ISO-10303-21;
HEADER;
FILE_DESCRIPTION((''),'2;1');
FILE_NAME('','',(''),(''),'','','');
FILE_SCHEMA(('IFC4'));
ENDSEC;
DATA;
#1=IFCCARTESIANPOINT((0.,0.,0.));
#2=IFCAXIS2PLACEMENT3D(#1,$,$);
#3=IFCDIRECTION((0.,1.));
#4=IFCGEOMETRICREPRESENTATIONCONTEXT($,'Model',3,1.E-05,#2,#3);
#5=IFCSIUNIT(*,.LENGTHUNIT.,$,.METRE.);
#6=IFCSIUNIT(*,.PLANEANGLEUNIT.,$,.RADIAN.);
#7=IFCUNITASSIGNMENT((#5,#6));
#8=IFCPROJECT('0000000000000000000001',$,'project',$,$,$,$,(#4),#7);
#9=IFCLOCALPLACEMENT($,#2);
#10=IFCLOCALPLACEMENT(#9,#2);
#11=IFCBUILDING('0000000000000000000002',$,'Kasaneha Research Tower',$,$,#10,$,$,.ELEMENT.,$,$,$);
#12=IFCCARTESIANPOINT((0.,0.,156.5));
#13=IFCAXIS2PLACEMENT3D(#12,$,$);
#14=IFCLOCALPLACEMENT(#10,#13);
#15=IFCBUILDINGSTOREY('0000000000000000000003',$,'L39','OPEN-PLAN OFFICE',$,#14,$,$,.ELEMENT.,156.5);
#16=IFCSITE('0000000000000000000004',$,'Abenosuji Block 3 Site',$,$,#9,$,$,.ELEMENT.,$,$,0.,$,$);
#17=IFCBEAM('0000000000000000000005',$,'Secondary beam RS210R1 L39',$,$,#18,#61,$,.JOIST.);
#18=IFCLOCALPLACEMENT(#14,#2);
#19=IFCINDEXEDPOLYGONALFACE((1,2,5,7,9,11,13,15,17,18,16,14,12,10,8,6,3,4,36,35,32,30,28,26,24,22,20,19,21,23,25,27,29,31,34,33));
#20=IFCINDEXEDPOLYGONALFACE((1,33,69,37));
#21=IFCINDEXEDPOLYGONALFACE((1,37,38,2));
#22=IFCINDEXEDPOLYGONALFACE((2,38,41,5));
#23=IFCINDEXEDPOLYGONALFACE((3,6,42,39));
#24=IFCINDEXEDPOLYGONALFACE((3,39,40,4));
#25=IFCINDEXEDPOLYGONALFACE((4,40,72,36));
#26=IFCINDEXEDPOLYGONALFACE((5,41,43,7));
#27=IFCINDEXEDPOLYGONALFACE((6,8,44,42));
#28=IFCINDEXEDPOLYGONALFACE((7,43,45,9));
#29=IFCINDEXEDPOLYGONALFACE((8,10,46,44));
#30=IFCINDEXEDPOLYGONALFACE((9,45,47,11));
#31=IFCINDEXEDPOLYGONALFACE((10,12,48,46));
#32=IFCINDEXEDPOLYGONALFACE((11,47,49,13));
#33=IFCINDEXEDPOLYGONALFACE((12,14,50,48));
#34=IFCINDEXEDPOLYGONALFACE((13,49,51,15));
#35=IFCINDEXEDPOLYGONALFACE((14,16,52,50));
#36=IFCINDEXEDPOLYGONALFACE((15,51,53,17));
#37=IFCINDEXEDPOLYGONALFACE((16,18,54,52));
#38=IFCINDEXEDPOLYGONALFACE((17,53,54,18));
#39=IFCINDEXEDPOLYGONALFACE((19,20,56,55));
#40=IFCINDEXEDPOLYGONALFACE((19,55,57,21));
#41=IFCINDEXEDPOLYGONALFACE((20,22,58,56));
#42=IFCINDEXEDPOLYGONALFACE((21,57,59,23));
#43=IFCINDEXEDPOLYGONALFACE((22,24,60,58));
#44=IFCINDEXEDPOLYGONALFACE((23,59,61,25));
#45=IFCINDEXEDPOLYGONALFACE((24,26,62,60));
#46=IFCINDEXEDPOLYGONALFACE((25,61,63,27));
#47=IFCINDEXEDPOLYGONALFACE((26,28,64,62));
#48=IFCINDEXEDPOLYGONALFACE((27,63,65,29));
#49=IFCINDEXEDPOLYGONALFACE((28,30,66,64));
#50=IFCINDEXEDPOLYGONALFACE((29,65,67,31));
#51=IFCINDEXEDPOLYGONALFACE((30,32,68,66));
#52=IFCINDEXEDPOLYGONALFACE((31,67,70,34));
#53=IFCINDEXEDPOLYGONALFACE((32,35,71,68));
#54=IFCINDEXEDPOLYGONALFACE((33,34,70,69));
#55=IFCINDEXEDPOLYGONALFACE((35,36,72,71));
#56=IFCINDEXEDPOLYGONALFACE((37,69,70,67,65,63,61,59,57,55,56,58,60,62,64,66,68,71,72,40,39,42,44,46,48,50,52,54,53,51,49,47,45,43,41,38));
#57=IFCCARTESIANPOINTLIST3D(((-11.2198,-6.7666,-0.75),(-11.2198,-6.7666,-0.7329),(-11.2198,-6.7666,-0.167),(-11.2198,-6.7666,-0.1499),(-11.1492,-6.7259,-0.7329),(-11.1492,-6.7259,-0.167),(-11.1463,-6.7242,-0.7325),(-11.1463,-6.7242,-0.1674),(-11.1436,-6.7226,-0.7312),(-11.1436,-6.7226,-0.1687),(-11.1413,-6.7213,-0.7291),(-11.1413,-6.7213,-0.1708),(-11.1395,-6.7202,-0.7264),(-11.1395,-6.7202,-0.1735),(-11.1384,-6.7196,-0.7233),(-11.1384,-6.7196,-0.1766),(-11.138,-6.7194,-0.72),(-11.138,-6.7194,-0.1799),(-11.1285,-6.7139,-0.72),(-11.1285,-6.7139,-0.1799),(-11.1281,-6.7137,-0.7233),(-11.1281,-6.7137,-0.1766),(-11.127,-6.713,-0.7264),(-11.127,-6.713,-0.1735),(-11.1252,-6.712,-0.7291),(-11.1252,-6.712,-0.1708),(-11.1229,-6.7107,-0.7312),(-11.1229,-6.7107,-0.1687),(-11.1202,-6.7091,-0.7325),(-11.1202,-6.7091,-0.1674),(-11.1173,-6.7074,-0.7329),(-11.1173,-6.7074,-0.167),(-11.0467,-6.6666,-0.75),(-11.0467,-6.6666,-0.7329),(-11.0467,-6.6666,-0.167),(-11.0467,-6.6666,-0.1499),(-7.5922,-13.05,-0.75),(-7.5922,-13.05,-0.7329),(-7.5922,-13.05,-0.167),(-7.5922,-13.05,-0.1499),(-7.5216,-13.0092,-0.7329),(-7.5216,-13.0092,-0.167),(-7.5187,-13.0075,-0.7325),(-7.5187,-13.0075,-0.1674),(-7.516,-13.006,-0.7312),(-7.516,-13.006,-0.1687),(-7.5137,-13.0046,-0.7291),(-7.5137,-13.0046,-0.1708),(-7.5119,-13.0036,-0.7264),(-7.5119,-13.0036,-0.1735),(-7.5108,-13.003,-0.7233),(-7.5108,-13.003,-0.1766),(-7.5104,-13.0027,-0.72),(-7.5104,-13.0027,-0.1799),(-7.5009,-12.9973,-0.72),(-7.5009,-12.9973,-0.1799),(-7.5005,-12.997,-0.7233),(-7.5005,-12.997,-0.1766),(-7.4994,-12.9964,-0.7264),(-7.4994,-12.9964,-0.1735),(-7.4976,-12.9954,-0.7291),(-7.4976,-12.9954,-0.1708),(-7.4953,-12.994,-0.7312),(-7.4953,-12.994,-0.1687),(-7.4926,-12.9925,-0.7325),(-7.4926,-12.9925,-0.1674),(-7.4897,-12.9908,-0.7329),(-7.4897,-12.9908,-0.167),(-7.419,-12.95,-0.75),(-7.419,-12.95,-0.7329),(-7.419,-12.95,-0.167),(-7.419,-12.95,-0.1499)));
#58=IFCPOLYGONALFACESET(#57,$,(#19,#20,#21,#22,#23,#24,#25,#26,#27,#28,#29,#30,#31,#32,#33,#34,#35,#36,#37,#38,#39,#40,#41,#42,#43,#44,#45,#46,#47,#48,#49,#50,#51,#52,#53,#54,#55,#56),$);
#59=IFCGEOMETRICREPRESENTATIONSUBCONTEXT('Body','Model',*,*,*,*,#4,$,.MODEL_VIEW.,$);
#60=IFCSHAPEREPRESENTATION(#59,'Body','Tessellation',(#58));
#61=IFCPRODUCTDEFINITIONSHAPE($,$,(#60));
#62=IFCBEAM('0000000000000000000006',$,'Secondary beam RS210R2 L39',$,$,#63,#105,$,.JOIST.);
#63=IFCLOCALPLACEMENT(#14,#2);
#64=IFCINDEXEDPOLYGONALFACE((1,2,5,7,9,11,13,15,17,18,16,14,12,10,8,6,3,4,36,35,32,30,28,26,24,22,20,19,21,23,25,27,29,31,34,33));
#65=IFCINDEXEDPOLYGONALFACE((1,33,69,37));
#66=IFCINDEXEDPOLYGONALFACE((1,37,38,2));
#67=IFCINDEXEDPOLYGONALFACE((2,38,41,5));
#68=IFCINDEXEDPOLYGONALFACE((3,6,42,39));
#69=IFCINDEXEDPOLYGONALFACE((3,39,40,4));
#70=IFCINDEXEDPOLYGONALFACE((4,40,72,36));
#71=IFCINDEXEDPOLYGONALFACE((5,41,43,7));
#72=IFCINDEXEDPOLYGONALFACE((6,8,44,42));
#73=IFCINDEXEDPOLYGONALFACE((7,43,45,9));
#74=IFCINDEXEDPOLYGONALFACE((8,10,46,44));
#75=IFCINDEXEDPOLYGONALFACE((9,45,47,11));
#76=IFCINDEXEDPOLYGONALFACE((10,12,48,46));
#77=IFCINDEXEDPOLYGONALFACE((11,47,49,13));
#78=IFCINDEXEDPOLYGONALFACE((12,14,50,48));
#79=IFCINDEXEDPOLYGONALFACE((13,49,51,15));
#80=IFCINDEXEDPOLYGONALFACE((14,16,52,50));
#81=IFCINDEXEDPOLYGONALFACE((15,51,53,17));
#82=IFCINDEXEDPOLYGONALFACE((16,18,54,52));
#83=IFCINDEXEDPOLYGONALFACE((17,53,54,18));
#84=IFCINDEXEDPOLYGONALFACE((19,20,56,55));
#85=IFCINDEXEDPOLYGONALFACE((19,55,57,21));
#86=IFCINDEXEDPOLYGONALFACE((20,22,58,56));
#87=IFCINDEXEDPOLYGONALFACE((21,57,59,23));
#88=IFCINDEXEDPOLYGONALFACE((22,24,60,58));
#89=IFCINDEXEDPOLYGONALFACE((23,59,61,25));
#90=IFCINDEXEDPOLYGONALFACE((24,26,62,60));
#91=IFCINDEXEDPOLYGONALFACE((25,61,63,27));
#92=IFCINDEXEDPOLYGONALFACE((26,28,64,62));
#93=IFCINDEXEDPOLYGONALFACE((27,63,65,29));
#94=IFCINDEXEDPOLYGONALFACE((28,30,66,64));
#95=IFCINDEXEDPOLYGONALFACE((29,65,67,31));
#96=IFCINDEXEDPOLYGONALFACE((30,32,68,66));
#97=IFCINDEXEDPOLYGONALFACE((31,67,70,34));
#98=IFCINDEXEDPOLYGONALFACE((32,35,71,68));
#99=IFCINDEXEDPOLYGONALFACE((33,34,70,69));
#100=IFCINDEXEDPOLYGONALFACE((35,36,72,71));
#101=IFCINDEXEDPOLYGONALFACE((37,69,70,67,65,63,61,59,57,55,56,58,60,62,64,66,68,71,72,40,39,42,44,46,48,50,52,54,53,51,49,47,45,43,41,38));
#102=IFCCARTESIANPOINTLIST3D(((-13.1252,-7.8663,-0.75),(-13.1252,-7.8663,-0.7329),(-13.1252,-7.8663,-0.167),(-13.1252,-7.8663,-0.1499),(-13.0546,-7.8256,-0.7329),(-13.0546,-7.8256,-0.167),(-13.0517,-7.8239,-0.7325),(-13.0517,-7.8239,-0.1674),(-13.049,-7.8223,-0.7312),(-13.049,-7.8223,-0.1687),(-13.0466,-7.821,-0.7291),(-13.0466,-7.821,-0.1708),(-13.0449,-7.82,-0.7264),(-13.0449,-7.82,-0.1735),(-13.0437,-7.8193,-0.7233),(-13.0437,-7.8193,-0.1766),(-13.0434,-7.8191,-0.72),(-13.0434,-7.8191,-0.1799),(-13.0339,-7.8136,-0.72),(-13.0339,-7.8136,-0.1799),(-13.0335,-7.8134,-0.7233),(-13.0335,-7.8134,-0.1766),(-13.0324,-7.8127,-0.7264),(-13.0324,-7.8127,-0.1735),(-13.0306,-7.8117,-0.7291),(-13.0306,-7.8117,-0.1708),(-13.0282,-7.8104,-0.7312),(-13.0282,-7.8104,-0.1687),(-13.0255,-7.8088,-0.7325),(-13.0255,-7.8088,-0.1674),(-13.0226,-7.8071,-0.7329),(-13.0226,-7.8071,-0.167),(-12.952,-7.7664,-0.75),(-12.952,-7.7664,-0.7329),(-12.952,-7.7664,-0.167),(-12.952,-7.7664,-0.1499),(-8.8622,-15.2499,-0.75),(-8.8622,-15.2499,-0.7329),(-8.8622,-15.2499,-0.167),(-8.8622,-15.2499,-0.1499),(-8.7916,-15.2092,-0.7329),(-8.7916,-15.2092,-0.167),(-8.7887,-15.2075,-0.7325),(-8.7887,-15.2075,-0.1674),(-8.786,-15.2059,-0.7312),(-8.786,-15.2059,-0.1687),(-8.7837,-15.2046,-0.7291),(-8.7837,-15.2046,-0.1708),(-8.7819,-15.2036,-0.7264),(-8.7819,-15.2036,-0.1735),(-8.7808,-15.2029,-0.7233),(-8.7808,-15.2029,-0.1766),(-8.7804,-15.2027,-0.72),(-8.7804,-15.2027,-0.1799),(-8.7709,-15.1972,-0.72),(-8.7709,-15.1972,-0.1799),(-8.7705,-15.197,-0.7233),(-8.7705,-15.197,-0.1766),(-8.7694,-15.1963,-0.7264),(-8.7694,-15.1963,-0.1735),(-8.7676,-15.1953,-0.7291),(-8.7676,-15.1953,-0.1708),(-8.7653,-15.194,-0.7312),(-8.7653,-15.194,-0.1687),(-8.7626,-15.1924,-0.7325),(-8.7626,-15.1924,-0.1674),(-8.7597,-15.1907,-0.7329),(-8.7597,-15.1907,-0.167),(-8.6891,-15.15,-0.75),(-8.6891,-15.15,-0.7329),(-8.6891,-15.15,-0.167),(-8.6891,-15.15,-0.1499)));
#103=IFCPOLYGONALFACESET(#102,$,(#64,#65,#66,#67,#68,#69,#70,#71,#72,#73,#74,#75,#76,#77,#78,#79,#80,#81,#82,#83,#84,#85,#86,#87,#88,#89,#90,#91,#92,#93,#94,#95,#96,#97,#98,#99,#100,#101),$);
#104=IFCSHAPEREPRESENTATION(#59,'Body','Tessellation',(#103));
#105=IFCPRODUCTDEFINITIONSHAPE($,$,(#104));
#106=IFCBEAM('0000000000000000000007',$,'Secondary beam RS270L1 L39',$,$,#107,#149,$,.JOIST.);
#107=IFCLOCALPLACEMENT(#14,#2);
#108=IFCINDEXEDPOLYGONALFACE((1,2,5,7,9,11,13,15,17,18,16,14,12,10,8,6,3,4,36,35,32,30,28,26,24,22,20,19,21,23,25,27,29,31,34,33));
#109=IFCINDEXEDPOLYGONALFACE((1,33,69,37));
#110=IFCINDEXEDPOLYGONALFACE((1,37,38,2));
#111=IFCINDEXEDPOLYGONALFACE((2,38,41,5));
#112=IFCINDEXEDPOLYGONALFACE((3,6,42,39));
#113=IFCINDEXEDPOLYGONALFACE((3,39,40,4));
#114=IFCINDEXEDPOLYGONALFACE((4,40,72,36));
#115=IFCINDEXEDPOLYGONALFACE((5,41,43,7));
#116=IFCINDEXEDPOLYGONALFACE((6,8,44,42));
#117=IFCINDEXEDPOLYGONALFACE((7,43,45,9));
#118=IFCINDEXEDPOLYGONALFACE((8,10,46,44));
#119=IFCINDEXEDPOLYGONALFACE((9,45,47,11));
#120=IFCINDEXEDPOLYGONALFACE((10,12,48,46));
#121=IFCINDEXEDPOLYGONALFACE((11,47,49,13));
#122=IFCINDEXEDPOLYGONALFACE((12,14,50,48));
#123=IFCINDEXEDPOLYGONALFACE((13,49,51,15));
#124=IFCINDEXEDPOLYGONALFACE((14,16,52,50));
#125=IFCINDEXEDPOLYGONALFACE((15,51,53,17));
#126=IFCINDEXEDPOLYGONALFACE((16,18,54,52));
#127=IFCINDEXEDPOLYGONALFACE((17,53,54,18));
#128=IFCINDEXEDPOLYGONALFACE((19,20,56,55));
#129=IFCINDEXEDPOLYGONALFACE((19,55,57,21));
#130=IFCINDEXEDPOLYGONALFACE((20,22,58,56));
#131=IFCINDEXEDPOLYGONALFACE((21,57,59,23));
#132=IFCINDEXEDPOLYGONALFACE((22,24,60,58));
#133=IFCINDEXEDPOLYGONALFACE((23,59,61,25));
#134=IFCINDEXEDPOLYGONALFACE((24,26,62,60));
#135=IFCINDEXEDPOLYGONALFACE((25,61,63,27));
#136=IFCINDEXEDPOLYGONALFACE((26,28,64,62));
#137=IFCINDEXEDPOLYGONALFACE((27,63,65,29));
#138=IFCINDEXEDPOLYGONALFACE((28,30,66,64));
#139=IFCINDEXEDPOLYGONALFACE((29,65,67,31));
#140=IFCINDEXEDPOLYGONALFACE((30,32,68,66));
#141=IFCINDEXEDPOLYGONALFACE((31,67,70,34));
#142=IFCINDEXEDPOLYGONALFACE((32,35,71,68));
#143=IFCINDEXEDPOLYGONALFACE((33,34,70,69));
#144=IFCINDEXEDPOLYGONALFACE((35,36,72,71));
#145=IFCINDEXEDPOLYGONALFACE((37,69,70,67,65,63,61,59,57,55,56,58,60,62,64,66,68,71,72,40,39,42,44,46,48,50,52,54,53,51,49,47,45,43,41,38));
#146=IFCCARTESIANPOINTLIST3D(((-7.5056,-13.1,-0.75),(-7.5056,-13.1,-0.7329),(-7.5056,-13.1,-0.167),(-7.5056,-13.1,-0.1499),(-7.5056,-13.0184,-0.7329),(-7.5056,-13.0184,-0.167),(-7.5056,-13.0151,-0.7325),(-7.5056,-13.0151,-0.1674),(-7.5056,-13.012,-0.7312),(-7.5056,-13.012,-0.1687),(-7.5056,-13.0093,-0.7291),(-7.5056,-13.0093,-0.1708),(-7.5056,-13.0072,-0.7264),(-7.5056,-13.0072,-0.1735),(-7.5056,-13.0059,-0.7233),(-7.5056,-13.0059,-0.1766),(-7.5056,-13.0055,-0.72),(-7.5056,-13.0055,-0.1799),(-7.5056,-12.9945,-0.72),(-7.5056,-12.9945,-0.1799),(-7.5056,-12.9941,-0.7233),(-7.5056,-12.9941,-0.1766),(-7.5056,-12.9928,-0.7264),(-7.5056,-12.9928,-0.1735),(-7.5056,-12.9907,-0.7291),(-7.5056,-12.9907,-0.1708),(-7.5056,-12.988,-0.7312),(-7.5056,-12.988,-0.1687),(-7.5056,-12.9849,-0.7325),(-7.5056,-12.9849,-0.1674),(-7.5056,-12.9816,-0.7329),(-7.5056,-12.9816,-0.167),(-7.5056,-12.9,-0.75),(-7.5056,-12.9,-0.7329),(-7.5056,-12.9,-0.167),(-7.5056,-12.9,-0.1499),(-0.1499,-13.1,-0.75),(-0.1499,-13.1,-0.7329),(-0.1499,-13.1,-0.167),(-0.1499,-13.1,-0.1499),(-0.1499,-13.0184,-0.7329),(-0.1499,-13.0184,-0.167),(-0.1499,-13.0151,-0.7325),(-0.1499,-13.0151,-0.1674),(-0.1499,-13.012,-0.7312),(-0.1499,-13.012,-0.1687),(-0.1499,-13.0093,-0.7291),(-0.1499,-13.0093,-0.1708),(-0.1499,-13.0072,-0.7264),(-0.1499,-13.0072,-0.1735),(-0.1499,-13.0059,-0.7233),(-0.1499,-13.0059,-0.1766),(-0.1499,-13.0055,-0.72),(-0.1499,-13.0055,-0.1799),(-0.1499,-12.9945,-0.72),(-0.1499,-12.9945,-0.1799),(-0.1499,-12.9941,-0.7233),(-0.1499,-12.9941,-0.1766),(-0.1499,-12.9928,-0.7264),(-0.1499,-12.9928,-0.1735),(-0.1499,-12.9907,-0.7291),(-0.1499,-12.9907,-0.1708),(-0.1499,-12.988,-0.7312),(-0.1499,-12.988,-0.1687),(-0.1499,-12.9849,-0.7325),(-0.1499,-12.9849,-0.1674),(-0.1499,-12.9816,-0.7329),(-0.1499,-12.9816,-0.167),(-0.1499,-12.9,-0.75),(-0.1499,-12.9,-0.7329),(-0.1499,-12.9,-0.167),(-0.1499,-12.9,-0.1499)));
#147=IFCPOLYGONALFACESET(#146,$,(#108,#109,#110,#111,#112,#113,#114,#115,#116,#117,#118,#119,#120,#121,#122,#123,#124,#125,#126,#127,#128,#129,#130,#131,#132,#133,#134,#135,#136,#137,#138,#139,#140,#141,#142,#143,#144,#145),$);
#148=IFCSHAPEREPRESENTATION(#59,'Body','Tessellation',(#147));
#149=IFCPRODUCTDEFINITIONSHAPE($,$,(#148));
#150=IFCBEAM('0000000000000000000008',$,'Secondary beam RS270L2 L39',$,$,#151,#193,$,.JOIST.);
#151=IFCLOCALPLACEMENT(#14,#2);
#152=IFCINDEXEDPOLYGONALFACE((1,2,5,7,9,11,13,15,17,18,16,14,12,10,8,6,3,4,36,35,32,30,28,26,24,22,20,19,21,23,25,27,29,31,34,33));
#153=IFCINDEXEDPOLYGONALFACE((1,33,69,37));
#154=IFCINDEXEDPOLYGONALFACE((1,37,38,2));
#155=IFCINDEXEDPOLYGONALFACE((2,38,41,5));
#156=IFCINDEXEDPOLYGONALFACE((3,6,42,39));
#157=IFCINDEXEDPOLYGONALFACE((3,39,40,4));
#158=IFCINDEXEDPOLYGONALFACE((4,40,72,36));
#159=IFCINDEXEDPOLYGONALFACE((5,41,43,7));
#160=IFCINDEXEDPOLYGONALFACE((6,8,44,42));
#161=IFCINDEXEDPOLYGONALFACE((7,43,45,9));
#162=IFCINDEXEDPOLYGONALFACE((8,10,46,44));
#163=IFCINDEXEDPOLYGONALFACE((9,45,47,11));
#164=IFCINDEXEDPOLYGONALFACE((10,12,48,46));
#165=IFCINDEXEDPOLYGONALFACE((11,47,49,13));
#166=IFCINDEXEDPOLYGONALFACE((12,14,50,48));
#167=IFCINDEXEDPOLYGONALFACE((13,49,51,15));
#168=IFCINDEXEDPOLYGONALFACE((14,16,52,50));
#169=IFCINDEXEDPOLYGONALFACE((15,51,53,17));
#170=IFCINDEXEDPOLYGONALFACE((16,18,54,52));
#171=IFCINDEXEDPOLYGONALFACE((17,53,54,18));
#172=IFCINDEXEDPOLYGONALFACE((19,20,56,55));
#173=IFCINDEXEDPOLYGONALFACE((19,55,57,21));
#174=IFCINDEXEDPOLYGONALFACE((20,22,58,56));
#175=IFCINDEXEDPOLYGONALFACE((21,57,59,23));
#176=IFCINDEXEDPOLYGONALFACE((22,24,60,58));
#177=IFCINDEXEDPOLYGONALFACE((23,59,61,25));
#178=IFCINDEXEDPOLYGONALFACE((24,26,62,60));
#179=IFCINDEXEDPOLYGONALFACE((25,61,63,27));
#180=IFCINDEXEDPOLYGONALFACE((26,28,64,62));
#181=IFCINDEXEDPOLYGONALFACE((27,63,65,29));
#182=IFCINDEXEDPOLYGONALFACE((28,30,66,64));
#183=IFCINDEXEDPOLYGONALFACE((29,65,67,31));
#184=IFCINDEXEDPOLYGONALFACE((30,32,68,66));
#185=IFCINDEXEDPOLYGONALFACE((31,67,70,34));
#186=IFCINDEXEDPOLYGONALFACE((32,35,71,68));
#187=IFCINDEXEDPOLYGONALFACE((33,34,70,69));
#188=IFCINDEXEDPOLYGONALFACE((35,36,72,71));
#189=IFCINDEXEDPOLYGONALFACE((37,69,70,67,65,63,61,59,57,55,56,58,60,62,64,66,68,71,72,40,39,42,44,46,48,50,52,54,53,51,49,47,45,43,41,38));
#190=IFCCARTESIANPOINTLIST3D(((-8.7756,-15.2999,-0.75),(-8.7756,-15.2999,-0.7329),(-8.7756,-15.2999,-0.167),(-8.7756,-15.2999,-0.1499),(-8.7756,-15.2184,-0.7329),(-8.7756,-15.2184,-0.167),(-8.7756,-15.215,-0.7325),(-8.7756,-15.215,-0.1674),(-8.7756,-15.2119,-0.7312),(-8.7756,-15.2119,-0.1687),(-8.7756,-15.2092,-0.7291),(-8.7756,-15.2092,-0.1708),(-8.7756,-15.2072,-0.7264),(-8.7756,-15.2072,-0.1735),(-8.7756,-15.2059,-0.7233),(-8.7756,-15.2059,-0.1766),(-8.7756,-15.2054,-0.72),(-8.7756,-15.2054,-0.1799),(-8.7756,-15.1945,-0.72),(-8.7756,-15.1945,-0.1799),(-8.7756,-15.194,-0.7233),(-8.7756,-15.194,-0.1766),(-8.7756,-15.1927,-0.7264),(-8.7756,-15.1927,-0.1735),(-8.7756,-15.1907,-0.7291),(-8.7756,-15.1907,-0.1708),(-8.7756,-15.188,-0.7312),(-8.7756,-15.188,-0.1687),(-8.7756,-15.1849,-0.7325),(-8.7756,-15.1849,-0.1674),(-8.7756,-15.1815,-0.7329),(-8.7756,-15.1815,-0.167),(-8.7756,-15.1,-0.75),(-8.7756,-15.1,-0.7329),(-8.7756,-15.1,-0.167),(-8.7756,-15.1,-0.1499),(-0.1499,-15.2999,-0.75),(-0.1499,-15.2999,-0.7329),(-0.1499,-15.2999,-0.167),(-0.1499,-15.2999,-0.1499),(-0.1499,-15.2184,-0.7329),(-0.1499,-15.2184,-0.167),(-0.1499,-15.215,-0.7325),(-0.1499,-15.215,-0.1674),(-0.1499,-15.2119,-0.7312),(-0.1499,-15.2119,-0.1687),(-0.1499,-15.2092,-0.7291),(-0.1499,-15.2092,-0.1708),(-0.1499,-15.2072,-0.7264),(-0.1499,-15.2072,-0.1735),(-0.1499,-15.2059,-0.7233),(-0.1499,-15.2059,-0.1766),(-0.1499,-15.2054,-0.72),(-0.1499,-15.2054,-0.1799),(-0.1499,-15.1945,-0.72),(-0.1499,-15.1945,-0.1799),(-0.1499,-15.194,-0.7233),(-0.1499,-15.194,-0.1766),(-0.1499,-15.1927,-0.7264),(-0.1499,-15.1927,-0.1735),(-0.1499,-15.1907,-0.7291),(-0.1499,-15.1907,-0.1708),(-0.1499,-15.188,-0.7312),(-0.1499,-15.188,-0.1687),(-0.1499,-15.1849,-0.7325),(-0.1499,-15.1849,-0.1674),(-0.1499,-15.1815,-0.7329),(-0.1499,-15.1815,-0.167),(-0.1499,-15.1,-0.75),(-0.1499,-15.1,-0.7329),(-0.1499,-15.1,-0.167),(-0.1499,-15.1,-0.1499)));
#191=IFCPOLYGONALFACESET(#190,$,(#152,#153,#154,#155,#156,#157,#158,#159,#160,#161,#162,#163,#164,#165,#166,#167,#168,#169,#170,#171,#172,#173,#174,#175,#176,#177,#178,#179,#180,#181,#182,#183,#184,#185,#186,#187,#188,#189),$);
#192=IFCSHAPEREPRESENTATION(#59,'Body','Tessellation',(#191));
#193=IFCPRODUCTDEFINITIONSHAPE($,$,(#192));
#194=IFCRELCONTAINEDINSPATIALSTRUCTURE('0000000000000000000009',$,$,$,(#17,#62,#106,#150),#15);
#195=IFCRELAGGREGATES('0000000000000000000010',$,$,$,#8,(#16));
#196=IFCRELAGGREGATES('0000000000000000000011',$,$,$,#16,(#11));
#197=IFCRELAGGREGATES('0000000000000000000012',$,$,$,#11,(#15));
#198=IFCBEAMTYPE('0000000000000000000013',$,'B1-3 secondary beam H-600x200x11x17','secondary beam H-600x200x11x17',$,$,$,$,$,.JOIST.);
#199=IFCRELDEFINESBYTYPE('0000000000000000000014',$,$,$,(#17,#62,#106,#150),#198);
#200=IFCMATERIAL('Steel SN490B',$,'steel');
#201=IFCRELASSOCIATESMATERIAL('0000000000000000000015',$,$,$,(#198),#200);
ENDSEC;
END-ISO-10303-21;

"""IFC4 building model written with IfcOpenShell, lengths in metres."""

from ifc_helpers import new_model, si_unit, direction, frame, origin, origin_2d, place, context, subcontext, project, spatial, i_section, extrude, material, material_profile, profile_set, type_object, element, save


model = new_model("IFC4")

# Units and contexts
model_context = context("Model", 3, precision=1e-05, world=origin(), true_north=direction((0.0, 1.0)))
body_context = subcontext(model_context, "Body", "Model", "MODEL_VIEW")
ifc_project = project(units=[si_unit("LENGTHUNIT", "METRE"), si_unit("PLANEANGLEUNIT", "RADIAN")], contexts=[model_context])

# Site, building, storey
site_placement = place(None, origin())
site = spatial("IfcSite", under=ifc_project, at=site_placement, Name="Abenosuji Block 3 Site", CompositionType="ELEMENT", RefElevation=0.0)
building_placement = place(site_placement, origin())
building = spatial("IfcBuilding", under=site, at=building_placement, Name="Kasaneha Research Tower", CompositionType="ELEMENT")
storey_placement = place(building_placement, frame((0.0, 0.0, 156.5)))
storey = spatial("IfcBuildingStorey", under=building, at=storey_placement, Name="L39", Description="OPEN-PLAN OFFICE", CompositionType="ELEMENT", Elevation=156.5)

# Beams
ifc_material_1 = material(Name="Steel SN490B", Category="steel")
ifc_material_profile = material_profile(ifc_material_1, i_section(OverallWidth=0.2, OverallDepth=0.6001, WebThickness=0.011, FlangeThickness=0.0171, FilletRadius=0.0129, at=origin_2d()), Name="H-600x200x11x17")
ifc_profile_set = profile_set([ifc_material_profile], Name="Steel SN490B")
beam_type = type_object("IfcBeamType", Name="B1-3 secondary beam H-600x200x11x17", Description="secondary beam H-600x200x11x17", PredefinedType="JOIST", material=ifc_profile_set)
beam_1_placement = place(storey_placement, frame((-7.5056, -13.0, -0.45), z_axis=(-0.499993, 0.866029, 0.0), x_axis=(-0.866029, -0.499993, 0.0)))
element("IfcBeam", 1, at=beam_1_placement, inside=storey, type_object=beam_type, Name="Secondary beam RS210R1 L39", PredefinedType="JOIST", context=body_context, shape_type="SweptSolid", body=[
    extrude(i_section(OverallWidth=0.2, OverallDepth=0.6001, WebThickness=0.011, FlangeThickness=0.0171, FilletRadius=0.0129, at=origin_2d()), origin(), (0.0, 0.0, 1.0), 7.2554),
])
beam_2_placement = place(storey_placement, frame((-8.7756, -15.2, -0.45), z_axis=(-0.500004, 0.866023, 0.0), x_axis=(-0.866023, -0.500004, 0.0)))
element("IfcBeam", 2, at=beam_2_placement, inside=storey, type_object=beam_type, Name="Secondary beam RS210R2 L39", PredefinedType="JOIST", context=body_context, shape_type="SweptSolid", body=[
    extrude(i_section(OverallWidth=0.2, OverallDepth=0.6001, WebThickness=0.011, FlangeThickness=0.0171, FilletRadius=0.0129, at=origin_2d()), origin(), (0.0, 0.0, 1.0), 8.5259),
])
beam_3_placement = place(storey_placement, frame((-7.5056, -13.0, -0.45), z_axis=(1.0, 0.0, 0.0), x_axis=(0.0, 1.0, 0.0)))
element("IfcBeam", 3, at=beam_3_placement, inside=storey, type_object=beam_type, Name="Secondary beam RS270L1 L39", PredefinedType="JOIST", context=body_context, shape_type="SweptSolid", body=[
    extrude(i_section(OverallWidth=0.2, OverallDepth=0.6001, WebThickness=0.011, FlangeThickness=0.0171, FilletRadius=0.0129, at=origin_2d()), origin(), (0.0, 0.0, 1.0), 7.3557),
])
beam_4_placement = place(storey_placement, frame((-8.7756, -15.2, -0.45), z_axis=(1.0, 0.0, 0.0), x_axis=(0.0, 1.0, 0.0)))
element("IfcBeam", 4, at=beam_4_placement, inside=storey, type_object=beam_type, Name="Secondary beam RS270L2 L39", PredefinedType="JOIST", context=body_context, shape_type="SweptSolid", body=[
    extrude(i_section(OverallWidth=0.2, OverallDepth=0.6001, WebThickness=0.011, FlangeThickness=0.0171, FilletRadius=0.0129, at=origin_2d()), origin(), (0.0, 0.0, 1.0), 8.6257),
])

save(model, "model.ifc")
